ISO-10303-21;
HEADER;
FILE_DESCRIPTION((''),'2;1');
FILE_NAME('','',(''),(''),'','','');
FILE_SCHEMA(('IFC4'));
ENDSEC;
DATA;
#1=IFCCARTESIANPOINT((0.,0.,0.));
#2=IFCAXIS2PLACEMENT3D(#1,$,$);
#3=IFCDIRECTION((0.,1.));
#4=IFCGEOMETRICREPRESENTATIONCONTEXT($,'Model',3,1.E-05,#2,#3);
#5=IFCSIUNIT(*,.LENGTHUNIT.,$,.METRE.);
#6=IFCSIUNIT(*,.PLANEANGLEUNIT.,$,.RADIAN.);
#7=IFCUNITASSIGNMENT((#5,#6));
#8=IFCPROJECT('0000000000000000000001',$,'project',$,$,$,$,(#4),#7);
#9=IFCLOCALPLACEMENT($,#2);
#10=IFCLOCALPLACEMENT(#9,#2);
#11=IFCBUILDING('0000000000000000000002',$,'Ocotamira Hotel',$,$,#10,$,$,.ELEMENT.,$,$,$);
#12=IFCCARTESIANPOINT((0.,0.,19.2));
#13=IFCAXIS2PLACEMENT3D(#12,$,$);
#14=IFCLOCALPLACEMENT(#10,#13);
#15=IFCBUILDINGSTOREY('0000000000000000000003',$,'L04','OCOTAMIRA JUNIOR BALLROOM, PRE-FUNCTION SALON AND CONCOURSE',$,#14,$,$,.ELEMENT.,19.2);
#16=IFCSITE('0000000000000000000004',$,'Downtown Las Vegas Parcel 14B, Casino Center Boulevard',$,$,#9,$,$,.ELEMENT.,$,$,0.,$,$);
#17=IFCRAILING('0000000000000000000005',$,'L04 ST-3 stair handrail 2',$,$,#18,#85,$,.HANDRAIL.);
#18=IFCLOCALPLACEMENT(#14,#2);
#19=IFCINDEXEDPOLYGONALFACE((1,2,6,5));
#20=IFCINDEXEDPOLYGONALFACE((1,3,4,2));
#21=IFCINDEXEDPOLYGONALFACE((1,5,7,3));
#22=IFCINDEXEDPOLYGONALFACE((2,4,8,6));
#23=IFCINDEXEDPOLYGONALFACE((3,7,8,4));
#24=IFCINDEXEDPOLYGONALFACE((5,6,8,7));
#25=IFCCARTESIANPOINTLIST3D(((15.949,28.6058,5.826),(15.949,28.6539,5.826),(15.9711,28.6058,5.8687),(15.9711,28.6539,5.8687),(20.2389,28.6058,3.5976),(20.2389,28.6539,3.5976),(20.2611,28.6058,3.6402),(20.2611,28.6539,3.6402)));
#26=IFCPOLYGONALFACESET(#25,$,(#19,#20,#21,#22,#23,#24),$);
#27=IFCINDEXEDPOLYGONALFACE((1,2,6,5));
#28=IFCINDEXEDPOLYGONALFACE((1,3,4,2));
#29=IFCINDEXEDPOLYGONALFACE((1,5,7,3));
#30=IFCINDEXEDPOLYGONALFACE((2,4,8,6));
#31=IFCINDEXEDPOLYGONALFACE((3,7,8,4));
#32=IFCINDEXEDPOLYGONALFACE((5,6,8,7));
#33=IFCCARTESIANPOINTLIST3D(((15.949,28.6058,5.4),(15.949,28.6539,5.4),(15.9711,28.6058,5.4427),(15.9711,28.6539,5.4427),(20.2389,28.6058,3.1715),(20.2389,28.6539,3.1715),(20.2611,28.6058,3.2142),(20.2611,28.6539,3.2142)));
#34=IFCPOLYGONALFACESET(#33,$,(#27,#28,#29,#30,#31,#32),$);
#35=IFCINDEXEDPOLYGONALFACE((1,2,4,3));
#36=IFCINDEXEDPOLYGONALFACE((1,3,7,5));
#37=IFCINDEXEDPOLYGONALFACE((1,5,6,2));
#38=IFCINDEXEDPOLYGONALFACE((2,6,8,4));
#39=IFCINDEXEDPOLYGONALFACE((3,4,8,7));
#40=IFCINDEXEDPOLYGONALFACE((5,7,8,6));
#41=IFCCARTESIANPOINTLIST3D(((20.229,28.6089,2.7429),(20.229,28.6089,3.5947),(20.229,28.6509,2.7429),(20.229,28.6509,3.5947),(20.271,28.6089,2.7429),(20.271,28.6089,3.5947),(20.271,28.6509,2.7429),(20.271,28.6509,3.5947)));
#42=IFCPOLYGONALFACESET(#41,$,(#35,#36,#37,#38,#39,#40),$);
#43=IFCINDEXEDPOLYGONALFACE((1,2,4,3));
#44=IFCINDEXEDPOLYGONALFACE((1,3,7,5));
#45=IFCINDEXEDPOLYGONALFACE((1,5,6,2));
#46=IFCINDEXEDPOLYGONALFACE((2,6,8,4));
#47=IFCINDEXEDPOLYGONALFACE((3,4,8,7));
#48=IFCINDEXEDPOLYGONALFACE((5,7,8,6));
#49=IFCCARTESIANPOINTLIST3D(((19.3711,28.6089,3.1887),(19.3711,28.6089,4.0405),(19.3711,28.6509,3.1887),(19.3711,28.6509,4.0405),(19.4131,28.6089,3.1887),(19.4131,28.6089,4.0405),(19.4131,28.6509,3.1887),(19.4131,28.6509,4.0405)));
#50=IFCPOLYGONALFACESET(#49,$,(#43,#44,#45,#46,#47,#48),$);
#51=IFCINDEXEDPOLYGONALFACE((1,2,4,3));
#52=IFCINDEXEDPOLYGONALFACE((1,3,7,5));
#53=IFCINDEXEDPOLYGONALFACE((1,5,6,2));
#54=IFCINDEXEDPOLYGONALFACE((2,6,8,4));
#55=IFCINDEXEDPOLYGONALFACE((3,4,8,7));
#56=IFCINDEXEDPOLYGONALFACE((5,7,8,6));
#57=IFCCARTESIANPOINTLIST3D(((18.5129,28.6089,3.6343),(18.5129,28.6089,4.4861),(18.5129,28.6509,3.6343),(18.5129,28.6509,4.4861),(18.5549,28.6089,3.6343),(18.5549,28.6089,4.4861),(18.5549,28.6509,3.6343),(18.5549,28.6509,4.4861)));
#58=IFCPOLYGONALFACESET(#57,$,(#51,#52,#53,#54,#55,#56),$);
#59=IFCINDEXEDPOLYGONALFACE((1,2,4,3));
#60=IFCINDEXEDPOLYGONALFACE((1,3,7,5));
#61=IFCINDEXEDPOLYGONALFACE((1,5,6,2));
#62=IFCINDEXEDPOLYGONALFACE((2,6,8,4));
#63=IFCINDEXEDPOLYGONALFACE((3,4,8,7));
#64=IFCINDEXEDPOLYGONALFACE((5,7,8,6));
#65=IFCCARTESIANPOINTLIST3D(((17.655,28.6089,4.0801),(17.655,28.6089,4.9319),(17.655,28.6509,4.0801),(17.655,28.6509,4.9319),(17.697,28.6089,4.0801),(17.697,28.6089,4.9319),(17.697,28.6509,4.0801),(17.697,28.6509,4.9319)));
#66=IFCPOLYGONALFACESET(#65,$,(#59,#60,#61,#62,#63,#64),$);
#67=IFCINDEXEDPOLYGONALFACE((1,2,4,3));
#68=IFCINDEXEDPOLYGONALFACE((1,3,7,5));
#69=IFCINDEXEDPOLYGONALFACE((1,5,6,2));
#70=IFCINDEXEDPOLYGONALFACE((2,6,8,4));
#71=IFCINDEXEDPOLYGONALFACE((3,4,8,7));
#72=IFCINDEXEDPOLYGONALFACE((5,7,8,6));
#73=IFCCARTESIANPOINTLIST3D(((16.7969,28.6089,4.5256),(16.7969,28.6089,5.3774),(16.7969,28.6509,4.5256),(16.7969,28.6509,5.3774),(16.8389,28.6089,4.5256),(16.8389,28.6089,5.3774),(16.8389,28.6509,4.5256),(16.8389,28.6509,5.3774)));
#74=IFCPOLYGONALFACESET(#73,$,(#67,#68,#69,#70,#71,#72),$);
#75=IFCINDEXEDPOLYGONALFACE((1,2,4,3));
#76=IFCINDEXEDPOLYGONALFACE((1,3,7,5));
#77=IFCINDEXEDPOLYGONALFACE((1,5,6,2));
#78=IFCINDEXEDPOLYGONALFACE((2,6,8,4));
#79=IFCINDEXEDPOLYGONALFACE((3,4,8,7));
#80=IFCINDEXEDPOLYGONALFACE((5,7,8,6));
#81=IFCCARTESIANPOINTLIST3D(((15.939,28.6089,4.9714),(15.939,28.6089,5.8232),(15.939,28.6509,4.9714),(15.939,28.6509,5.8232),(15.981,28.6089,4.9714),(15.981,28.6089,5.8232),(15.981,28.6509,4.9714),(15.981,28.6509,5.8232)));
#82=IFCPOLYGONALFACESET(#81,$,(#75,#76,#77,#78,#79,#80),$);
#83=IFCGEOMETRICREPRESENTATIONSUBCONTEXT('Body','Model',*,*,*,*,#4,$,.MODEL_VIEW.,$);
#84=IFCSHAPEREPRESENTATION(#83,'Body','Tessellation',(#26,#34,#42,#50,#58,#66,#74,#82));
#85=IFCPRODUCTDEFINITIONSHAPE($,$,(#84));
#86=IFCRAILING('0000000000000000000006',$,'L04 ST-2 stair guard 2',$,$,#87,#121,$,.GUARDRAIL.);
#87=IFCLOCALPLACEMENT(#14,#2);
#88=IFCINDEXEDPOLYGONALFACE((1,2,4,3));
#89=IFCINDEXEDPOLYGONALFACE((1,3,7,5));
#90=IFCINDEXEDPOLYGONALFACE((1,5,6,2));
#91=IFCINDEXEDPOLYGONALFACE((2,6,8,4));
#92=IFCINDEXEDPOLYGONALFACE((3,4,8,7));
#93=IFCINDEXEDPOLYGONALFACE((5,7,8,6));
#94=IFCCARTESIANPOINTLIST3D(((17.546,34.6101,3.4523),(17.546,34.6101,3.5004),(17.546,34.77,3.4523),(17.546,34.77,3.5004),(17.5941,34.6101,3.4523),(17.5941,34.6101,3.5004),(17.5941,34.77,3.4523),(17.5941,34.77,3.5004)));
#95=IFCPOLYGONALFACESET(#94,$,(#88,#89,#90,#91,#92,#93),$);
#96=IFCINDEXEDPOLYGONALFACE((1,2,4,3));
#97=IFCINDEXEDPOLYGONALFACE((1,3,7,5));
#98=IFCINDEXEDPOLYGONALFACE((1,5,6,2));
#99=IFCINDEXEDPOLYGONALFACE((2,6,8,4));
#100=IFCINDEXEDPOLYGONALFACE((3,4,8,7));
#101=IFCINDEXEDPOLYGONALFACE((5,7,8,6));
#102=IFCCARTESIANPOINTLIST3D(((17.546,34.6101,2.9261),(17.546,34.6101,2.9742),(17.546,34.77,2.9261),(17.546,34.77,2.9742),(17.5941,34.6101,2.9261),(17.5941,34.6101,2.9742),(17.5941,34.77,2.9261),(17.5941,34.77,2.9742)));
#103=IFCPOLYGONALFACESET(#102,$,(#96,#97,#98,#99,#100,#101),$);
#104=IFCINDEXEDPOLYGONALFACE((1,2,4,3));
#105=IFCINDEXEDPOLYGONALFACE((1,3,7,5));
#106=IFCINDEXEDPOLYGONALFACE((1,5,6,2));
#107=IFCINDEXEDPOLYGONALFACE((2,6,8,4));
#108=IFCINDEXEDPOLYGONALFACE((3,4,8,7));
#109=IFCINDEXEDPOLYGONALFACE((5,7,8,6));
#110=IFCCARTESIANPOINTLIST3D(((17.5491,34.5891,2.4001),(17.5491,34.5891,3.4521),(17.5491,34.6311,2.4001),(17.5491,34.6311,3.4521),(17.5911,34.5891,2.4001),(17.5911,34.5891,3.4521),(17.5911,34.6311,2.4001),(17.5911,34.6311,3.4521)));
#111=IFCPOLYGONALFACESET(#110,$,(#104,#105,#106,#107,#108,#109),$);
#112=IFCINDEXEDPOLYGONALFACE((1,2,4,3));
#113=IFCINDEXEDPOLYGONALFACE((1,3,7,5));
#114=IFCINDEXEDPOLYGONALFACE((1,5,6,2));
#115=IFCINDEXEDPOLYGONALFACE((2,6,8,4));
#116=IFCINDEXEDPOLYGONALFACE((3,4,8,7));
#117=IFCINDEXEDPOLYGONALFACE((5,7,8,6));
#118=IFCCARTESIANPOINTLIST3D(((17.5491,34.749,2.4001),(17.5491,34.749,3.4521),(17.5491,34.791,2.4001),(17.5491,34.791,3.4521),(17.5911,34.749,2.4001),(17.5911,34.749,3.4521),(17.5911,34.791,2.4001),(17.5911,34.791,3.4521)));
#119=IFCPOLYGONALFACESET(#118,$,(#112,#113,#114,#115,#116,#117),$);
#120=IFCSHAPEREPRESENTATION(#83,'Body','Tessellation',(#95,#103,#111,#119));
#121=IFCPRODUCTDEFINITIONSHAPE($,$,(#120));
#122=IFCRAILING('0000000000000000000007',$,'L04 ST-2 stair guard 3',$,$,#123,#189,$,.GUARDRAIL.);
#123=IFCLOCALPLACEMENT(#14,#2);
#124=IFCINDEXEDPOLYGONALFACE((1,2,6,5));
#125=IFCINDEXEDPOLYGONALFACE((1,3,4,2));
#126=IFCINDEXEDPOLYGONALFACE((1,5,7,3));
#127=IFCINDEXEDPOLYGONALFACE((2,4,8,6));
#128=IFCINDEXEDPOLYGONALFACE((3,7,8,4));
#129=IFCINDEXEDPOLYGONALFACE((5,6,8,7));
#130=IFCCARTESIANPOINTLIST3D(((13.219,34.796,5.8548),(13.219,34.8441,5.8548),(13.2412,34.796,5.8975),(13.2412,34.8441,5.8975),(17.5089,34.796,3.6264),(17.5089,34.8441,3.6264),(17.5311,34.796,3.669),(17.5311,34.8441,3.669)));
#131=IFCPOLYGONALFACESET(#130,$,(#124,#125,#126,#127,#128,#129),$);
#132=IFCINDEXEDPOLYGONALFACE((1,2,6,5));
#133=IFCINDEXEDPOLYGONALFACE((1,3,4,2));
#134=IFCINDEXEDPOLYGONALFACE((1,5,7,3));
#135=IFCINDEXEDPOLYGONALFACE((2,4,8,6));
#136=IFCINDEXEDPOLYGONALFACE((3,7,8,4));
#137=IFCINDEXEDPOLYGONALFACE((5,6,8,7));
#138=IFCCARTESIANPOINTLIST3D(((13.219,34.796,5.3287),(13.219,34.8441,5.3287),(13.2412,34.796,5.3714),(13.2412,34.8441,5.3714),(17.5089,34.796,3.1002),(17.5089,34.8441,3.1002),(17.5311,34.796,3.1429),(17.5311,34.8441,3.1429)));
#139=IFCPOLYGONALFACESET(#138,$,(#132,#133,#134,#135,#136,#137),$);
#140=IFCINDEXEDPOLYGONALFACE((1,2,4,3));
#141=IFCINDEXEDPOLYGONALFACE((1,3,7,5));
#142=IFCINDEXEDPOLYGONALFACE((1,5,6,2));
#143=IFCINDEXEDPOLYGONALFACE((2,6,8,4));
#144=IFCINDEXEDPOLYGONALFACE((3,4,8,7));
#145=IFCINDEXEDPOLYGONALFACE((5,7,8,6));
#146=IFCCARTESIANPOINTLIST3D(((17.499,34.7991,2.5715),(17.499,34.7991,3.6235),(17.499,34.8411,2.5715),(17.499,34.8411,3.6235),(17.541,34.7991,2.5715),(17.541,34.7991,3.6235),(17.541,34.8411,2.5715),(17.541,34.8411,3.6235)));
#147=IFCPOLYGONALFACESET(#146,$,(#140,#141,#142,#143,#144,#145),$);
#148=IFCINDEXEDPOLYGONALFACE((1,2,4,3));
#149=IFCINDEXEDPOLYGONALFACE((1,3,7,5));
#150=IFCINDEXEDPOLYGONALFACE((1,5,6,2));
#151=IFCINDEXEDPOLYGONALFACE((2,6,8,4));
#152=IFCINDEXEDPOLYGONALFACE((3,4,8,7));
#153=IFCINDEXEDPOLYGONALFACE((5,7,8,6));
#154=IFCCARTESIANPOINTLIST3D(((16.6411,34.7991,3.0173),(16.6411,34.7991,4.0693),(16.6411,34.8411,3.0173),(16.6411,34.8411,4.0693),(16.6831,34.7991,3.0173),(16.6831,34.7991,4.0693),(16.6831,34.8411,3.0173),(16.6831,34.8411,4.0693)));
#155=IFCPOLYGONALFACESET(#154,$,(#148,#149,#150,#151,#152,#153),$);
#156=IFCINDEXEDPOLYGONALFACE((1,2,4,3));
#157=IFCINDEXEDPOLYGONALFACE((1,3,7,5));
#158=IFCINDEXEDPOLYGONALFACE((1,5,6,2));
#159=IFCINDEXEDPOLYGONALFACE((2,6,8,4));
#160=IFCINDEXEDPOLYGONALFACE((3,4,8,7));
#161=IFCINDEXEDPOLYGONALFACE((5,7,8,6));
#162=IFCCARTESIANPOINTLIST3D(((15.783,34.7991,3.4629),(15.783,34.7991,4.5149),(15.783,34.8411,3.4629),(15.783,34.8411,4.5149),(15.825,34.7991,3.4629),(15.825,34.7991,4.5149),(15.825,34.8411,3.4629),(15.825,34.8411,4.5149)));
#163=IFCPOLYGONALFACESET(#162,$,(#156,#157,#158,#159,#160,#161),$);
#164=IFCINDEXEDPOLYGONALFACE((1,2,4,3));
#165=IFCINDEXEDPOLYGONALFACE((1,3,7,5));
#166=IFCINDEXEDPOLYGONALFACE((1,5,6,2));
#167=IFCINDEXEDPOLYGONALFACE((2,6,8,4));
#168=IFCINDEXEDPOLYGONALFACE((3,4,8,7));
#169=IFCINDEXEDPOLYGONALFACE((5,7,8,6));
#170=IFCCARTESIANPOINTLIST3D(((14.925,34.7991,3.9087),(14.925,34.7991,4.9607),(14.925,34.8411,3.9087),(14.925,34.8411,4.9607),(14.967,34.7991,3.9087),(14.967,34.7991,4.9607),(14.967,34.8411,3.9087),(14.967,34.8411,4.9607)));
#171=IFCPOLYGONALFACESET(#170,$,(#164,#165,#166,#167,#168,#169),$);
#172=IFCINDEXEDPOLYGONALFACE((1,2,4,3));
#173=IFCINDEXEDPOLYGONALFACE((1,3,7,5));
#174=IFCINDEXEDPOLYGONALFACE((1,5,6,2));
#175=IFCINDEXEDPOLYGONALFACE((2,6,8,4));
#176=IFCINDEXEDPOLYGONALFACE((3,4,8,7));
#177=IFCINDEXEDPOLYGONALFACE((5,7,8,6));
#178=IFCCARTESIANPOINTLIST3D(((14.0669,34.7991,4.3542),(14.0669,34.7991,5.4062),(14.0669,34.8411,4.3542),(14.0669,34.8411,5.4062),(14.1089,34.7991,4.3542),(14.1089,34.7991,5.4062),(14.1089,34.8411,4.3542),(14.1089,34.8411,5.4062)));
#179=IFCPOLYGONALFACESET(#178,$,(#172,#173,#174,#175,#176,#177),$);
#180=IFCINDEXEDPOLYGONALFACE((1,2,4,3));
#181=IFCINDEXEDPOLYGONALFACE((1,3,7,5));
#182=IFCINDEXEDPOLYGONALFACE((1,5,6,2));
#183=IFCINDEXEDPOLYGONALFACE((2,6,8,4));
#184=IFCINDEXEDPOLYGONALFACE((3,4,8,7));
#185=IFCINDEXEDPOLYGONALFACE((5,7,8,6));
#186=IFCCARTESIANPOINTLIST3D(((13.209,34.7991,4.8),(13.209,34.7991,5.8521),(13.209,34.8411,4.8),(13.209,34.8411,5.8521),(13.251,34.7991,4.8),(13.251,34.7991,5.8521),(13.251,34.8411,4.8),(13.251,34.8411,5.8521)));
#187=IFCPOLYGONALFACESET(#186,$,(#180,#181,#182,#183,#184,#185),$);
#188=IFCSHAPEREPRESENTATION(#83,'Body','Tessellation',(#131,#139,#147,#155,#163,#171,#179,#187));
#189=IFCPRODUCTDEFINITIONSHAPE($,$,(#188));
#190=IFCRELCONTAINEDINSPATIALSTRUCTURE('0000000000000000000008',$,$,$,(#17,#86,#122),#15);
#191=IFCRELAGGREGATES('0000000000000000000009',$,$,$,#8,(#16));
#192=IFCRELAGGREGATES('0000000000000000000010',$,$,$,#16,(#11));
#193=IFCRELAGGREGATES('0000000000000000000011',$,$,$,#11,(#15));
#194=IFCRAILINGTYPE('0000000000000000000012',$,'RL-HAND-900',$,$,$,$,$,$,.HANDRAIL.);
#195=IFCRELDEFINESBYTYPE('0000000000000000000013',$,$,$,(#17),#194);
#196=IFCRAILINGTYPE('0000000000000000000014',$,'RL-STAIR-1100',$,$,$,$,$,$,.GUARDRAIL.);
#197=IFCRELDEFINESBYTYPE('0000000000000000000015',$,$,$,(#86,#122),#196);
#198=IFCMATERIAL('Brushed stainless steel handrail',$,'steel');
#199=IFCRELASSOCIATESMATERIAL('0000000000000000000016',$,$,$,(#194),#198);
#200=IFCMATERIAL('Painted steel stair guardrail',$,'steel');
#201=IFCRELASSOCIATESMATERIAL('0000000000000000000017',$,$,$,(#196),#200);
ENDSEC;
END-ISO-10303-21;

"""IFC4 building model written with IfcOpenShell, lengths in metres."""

from ifc_helpers import new_model, si_unit, direction, frame, origin, origin_2d, place, context, subcontext, project, spatial, rectangle, extrude, material, type_object, element, save


model = new_model("IFC4")

# Units and contexts
model_context = context("Model", 3, precision=1e-05, world=origin(), true_north=direction((0.0, 1.0)))
body_context = subcontext(model_context, "Body", "Model", "MODEL_VIEW")
ifc_project = project(units=[si_unit("LENGTHUNIT", "METRE"), si_unit("PLANEANGLEUNIT", "RADIAN")], contexts=[model_context])

# Site, building, storey
site_placement = place(None, origin())
site = spatial("IfcSite", under=ifc_project, at=site_placement, Name="Downtown Las Vegas Parcel 14B, Casino Center Boulevard", CompositionType="ELEMENT", RefElevation=0.0)
building_placement = place(site_placement, origin())
building = spatial("IfcBuilding", under=site, at=building_placement, Name="Ocotamira Hotel", CompositionType="ELEMENT")
storey_placement = place(building_placement, frame((0.0, 0.0, 19.2)))
storey = spatial("IfcBuildingStorey", under=building, at=storey_placement, Name="L04", Description="OCOTAMIRA JUNIOR BALLROOM, PRE-FUNCTION SALON AND CONCOURSE", CompositionType="ELEMENT", Elevation=19.2)

# Railings
ifc_material_1 = material(Name="Brushed stainless steel handrail", Category="steel")
railing_type_1 = type_object("IfcRailingType", Name="RL-HAND-900", PredefinedType="HANDRAIL", material=ifc_material_1)
for number, where, name in (
    (1, (20.25, 28.6299, 2.7429), "L04 ST-3 stair handrail 2"),
):
    element("IfcRailing", number, at=place(storey_placement, frame(where)), inside=storey, type_object=railing_type_1, Name=name, PredefinedType="HANDRAIL", context=body_context, shape_type="SweptSolid", body=[
        extrude(rectangle(XDim=0.0481, YDim=0.0481, at=origin_2d()), frame((0.0, 0.0, 0.876), z_axis=(-0.887412, 0.0, 0.460977), x_axis=(0.0, -1.0, 0.0)), (0.0, 0.0, 1.0), 4.8342),
        extrude(rectangle(XDim=0.0481, YDim=0.0481, at=origin_2d()), frame((0.0, 0.0, 0.45), z_axis=(-0.887412, 0.0, 0.460977), x_axis=(0.0, -1.0, 0.0)), (0.0, 0.0, 1.0), 4.8342),
        extrude(rectangle(XDim=0.042, YDim=0.042, at=origin_2d()), origin(), (0.0, 0.0, 1.0), 0.8518),
        extrude(rectangle(XDim=0.042, YDim=0.042, at=origin_2d()), frame((-0.8579, 0.0, 0.4458)), (0.0, 0.0, 1.0), 0.8518),
        extrude(rectangle(XDim=0.042, YDim=0.042, at=origin_2d()), frame((-1.7161, 0.0, 0.8914)), (0.0, 0.0, 1.0), 0.8518),
        extrude(rectangle(XDim=0.042, YDim=0.042, at=origin_2d()), frame((-2.574, 0.0, 1.3372)), (0.0, 0.0, 1.0), 0.8518),
        extrude(rectangle(XDim=0.042, YDim=0.042, at=origin_2d()), frame((-3.4321, 0.0, 1.7827)), (0.0, 0.0, 1.0), 0.8518),
        extrude(rectangle(XDim=0.042, YDim=0.042, at=origin_2d()), frame((-4.29, 0.0, 2.2285)), (0.0, 0.0, 1.0), 0.8518),
    ])
ifc_material_2 = material(Name="Painted steel stair guardrail", Category="steel")
railing_type_2 = type_object("IfcRailingType", Name="RL-STAIR-1100", PredefinedType="GUARDRAIL", material=ifc_material_2)
railing_1_placement = place(storey_placement, frame((17.5701, 34.6101, 2.4001)))
element("IfcRailing", 2, at=railing_1_placement, inside=storey, type_object=railing_type_2, Name="L04 ST-2 stair guard 2", PredefinedType="GUARDRAIL", context=body_context, shape_type="SweptSolid", body=[
    extrude(rectangle(XDim=0.0481, YDim=0.0481, at=origin_2d()), frame((0.0, 0.0, 1.0762), z_axis=(0.0, 1.0, 0.0), x_axis=(-1.0, 0.0, 0.0)), (0.0, 0.0, 1.0), 0.1599),
    extrude(rectangle(XDim=0.0481, YDim=0.0481, at=origin_2d()), frame((0.0, 0.0, 0.55), z_axis=(0.0, 1.0, 0.0), x_axis=(-1.0, 0.0, 0.0)), (0.0, 0.0, 1.0), 0.1599),
    extrude(rectangle(XDim=0.042, YDim=0.042, at=origin_2d()), origin(), (0.0, 0.0, 1.0), 1.052),
    extrude(rectangle(XDim=0.042, YDim=0.042, at=origin_2d()), frame((0.0, 0.1599, 0.0)), (0.0, 0.0, 1.0), 1.052),
])
railing_2_placement = place(storey_placement, frame((17.52, 34.8201, 2.5715)))
element("IfcRailing", 3, at=railing_2_placement, inside=storey, type_object=railing_type_2, Name="L04 ST-2 stair guard 3", PredefinedType="GUARDRAIL", context=body_context, shape_type="SweptSolid", body=[
    extrude(rectangle(XDim=0.0481, YDim=0.0481, at=origin_2d()), frame((0.0, 0.0, 1.0762), z_axis=(-0.887412, 0.0, 0.460977), x_axis=(0.0, -1.0, 0.0)), (0.0, 0.0, 1.0), 4.8342),
    extrude(rectangle(XDim=0.0481, YDim=0.0481, at=origin_2d()), frame((0.0, 0.0, 0.55), z_axis=(-0.887412, 0.0, 0.460977), x_axis=(0.0, -1.0, 0.0)), (0.0, 0.0, 1.0), 4.8342),
    extrude(rectangle(XDim=0.042, YDim=0.042, at=origin_2d()), origin(), (0.0, 0.0, 1.0), 1.052),
    extrude(rectangle(XDim=0.042, YDim=0.042, at=origin_2d()), frame((-0.8579, 0.0, 0.4458)), (0.0, 0.0, 1.0), 1.052),
    extrude(rectangle(XDim=0.042, YDim=0.042, at=origin_2d()), frame((-1.7161, 0.0, 0.8914)), (0.0, 0.0, 1.0), 1.052),
    extrude(rectangle(XDim=0.042, YDim=0.042, at=origin_2d()), frame((-2.574, 0.0, 1.3372)), (0.0, 0.0, 1.0), 1.052),
    extrude(rectangle(XDim=0.042, YDim=0.042, at=origin_2d()), frame((-3.4321, 0.0, 1.7827)), (0.0, 0.0, 1.0), 1.052),
    extrude(rectangle(XDim=0.042, YDim=0.042, at=origin_2d()), frame((-4.29, 0.0, 2.2285)), (0.0, 0.0, 1.0), 1.052),
])

save(model, "model.ifc")
